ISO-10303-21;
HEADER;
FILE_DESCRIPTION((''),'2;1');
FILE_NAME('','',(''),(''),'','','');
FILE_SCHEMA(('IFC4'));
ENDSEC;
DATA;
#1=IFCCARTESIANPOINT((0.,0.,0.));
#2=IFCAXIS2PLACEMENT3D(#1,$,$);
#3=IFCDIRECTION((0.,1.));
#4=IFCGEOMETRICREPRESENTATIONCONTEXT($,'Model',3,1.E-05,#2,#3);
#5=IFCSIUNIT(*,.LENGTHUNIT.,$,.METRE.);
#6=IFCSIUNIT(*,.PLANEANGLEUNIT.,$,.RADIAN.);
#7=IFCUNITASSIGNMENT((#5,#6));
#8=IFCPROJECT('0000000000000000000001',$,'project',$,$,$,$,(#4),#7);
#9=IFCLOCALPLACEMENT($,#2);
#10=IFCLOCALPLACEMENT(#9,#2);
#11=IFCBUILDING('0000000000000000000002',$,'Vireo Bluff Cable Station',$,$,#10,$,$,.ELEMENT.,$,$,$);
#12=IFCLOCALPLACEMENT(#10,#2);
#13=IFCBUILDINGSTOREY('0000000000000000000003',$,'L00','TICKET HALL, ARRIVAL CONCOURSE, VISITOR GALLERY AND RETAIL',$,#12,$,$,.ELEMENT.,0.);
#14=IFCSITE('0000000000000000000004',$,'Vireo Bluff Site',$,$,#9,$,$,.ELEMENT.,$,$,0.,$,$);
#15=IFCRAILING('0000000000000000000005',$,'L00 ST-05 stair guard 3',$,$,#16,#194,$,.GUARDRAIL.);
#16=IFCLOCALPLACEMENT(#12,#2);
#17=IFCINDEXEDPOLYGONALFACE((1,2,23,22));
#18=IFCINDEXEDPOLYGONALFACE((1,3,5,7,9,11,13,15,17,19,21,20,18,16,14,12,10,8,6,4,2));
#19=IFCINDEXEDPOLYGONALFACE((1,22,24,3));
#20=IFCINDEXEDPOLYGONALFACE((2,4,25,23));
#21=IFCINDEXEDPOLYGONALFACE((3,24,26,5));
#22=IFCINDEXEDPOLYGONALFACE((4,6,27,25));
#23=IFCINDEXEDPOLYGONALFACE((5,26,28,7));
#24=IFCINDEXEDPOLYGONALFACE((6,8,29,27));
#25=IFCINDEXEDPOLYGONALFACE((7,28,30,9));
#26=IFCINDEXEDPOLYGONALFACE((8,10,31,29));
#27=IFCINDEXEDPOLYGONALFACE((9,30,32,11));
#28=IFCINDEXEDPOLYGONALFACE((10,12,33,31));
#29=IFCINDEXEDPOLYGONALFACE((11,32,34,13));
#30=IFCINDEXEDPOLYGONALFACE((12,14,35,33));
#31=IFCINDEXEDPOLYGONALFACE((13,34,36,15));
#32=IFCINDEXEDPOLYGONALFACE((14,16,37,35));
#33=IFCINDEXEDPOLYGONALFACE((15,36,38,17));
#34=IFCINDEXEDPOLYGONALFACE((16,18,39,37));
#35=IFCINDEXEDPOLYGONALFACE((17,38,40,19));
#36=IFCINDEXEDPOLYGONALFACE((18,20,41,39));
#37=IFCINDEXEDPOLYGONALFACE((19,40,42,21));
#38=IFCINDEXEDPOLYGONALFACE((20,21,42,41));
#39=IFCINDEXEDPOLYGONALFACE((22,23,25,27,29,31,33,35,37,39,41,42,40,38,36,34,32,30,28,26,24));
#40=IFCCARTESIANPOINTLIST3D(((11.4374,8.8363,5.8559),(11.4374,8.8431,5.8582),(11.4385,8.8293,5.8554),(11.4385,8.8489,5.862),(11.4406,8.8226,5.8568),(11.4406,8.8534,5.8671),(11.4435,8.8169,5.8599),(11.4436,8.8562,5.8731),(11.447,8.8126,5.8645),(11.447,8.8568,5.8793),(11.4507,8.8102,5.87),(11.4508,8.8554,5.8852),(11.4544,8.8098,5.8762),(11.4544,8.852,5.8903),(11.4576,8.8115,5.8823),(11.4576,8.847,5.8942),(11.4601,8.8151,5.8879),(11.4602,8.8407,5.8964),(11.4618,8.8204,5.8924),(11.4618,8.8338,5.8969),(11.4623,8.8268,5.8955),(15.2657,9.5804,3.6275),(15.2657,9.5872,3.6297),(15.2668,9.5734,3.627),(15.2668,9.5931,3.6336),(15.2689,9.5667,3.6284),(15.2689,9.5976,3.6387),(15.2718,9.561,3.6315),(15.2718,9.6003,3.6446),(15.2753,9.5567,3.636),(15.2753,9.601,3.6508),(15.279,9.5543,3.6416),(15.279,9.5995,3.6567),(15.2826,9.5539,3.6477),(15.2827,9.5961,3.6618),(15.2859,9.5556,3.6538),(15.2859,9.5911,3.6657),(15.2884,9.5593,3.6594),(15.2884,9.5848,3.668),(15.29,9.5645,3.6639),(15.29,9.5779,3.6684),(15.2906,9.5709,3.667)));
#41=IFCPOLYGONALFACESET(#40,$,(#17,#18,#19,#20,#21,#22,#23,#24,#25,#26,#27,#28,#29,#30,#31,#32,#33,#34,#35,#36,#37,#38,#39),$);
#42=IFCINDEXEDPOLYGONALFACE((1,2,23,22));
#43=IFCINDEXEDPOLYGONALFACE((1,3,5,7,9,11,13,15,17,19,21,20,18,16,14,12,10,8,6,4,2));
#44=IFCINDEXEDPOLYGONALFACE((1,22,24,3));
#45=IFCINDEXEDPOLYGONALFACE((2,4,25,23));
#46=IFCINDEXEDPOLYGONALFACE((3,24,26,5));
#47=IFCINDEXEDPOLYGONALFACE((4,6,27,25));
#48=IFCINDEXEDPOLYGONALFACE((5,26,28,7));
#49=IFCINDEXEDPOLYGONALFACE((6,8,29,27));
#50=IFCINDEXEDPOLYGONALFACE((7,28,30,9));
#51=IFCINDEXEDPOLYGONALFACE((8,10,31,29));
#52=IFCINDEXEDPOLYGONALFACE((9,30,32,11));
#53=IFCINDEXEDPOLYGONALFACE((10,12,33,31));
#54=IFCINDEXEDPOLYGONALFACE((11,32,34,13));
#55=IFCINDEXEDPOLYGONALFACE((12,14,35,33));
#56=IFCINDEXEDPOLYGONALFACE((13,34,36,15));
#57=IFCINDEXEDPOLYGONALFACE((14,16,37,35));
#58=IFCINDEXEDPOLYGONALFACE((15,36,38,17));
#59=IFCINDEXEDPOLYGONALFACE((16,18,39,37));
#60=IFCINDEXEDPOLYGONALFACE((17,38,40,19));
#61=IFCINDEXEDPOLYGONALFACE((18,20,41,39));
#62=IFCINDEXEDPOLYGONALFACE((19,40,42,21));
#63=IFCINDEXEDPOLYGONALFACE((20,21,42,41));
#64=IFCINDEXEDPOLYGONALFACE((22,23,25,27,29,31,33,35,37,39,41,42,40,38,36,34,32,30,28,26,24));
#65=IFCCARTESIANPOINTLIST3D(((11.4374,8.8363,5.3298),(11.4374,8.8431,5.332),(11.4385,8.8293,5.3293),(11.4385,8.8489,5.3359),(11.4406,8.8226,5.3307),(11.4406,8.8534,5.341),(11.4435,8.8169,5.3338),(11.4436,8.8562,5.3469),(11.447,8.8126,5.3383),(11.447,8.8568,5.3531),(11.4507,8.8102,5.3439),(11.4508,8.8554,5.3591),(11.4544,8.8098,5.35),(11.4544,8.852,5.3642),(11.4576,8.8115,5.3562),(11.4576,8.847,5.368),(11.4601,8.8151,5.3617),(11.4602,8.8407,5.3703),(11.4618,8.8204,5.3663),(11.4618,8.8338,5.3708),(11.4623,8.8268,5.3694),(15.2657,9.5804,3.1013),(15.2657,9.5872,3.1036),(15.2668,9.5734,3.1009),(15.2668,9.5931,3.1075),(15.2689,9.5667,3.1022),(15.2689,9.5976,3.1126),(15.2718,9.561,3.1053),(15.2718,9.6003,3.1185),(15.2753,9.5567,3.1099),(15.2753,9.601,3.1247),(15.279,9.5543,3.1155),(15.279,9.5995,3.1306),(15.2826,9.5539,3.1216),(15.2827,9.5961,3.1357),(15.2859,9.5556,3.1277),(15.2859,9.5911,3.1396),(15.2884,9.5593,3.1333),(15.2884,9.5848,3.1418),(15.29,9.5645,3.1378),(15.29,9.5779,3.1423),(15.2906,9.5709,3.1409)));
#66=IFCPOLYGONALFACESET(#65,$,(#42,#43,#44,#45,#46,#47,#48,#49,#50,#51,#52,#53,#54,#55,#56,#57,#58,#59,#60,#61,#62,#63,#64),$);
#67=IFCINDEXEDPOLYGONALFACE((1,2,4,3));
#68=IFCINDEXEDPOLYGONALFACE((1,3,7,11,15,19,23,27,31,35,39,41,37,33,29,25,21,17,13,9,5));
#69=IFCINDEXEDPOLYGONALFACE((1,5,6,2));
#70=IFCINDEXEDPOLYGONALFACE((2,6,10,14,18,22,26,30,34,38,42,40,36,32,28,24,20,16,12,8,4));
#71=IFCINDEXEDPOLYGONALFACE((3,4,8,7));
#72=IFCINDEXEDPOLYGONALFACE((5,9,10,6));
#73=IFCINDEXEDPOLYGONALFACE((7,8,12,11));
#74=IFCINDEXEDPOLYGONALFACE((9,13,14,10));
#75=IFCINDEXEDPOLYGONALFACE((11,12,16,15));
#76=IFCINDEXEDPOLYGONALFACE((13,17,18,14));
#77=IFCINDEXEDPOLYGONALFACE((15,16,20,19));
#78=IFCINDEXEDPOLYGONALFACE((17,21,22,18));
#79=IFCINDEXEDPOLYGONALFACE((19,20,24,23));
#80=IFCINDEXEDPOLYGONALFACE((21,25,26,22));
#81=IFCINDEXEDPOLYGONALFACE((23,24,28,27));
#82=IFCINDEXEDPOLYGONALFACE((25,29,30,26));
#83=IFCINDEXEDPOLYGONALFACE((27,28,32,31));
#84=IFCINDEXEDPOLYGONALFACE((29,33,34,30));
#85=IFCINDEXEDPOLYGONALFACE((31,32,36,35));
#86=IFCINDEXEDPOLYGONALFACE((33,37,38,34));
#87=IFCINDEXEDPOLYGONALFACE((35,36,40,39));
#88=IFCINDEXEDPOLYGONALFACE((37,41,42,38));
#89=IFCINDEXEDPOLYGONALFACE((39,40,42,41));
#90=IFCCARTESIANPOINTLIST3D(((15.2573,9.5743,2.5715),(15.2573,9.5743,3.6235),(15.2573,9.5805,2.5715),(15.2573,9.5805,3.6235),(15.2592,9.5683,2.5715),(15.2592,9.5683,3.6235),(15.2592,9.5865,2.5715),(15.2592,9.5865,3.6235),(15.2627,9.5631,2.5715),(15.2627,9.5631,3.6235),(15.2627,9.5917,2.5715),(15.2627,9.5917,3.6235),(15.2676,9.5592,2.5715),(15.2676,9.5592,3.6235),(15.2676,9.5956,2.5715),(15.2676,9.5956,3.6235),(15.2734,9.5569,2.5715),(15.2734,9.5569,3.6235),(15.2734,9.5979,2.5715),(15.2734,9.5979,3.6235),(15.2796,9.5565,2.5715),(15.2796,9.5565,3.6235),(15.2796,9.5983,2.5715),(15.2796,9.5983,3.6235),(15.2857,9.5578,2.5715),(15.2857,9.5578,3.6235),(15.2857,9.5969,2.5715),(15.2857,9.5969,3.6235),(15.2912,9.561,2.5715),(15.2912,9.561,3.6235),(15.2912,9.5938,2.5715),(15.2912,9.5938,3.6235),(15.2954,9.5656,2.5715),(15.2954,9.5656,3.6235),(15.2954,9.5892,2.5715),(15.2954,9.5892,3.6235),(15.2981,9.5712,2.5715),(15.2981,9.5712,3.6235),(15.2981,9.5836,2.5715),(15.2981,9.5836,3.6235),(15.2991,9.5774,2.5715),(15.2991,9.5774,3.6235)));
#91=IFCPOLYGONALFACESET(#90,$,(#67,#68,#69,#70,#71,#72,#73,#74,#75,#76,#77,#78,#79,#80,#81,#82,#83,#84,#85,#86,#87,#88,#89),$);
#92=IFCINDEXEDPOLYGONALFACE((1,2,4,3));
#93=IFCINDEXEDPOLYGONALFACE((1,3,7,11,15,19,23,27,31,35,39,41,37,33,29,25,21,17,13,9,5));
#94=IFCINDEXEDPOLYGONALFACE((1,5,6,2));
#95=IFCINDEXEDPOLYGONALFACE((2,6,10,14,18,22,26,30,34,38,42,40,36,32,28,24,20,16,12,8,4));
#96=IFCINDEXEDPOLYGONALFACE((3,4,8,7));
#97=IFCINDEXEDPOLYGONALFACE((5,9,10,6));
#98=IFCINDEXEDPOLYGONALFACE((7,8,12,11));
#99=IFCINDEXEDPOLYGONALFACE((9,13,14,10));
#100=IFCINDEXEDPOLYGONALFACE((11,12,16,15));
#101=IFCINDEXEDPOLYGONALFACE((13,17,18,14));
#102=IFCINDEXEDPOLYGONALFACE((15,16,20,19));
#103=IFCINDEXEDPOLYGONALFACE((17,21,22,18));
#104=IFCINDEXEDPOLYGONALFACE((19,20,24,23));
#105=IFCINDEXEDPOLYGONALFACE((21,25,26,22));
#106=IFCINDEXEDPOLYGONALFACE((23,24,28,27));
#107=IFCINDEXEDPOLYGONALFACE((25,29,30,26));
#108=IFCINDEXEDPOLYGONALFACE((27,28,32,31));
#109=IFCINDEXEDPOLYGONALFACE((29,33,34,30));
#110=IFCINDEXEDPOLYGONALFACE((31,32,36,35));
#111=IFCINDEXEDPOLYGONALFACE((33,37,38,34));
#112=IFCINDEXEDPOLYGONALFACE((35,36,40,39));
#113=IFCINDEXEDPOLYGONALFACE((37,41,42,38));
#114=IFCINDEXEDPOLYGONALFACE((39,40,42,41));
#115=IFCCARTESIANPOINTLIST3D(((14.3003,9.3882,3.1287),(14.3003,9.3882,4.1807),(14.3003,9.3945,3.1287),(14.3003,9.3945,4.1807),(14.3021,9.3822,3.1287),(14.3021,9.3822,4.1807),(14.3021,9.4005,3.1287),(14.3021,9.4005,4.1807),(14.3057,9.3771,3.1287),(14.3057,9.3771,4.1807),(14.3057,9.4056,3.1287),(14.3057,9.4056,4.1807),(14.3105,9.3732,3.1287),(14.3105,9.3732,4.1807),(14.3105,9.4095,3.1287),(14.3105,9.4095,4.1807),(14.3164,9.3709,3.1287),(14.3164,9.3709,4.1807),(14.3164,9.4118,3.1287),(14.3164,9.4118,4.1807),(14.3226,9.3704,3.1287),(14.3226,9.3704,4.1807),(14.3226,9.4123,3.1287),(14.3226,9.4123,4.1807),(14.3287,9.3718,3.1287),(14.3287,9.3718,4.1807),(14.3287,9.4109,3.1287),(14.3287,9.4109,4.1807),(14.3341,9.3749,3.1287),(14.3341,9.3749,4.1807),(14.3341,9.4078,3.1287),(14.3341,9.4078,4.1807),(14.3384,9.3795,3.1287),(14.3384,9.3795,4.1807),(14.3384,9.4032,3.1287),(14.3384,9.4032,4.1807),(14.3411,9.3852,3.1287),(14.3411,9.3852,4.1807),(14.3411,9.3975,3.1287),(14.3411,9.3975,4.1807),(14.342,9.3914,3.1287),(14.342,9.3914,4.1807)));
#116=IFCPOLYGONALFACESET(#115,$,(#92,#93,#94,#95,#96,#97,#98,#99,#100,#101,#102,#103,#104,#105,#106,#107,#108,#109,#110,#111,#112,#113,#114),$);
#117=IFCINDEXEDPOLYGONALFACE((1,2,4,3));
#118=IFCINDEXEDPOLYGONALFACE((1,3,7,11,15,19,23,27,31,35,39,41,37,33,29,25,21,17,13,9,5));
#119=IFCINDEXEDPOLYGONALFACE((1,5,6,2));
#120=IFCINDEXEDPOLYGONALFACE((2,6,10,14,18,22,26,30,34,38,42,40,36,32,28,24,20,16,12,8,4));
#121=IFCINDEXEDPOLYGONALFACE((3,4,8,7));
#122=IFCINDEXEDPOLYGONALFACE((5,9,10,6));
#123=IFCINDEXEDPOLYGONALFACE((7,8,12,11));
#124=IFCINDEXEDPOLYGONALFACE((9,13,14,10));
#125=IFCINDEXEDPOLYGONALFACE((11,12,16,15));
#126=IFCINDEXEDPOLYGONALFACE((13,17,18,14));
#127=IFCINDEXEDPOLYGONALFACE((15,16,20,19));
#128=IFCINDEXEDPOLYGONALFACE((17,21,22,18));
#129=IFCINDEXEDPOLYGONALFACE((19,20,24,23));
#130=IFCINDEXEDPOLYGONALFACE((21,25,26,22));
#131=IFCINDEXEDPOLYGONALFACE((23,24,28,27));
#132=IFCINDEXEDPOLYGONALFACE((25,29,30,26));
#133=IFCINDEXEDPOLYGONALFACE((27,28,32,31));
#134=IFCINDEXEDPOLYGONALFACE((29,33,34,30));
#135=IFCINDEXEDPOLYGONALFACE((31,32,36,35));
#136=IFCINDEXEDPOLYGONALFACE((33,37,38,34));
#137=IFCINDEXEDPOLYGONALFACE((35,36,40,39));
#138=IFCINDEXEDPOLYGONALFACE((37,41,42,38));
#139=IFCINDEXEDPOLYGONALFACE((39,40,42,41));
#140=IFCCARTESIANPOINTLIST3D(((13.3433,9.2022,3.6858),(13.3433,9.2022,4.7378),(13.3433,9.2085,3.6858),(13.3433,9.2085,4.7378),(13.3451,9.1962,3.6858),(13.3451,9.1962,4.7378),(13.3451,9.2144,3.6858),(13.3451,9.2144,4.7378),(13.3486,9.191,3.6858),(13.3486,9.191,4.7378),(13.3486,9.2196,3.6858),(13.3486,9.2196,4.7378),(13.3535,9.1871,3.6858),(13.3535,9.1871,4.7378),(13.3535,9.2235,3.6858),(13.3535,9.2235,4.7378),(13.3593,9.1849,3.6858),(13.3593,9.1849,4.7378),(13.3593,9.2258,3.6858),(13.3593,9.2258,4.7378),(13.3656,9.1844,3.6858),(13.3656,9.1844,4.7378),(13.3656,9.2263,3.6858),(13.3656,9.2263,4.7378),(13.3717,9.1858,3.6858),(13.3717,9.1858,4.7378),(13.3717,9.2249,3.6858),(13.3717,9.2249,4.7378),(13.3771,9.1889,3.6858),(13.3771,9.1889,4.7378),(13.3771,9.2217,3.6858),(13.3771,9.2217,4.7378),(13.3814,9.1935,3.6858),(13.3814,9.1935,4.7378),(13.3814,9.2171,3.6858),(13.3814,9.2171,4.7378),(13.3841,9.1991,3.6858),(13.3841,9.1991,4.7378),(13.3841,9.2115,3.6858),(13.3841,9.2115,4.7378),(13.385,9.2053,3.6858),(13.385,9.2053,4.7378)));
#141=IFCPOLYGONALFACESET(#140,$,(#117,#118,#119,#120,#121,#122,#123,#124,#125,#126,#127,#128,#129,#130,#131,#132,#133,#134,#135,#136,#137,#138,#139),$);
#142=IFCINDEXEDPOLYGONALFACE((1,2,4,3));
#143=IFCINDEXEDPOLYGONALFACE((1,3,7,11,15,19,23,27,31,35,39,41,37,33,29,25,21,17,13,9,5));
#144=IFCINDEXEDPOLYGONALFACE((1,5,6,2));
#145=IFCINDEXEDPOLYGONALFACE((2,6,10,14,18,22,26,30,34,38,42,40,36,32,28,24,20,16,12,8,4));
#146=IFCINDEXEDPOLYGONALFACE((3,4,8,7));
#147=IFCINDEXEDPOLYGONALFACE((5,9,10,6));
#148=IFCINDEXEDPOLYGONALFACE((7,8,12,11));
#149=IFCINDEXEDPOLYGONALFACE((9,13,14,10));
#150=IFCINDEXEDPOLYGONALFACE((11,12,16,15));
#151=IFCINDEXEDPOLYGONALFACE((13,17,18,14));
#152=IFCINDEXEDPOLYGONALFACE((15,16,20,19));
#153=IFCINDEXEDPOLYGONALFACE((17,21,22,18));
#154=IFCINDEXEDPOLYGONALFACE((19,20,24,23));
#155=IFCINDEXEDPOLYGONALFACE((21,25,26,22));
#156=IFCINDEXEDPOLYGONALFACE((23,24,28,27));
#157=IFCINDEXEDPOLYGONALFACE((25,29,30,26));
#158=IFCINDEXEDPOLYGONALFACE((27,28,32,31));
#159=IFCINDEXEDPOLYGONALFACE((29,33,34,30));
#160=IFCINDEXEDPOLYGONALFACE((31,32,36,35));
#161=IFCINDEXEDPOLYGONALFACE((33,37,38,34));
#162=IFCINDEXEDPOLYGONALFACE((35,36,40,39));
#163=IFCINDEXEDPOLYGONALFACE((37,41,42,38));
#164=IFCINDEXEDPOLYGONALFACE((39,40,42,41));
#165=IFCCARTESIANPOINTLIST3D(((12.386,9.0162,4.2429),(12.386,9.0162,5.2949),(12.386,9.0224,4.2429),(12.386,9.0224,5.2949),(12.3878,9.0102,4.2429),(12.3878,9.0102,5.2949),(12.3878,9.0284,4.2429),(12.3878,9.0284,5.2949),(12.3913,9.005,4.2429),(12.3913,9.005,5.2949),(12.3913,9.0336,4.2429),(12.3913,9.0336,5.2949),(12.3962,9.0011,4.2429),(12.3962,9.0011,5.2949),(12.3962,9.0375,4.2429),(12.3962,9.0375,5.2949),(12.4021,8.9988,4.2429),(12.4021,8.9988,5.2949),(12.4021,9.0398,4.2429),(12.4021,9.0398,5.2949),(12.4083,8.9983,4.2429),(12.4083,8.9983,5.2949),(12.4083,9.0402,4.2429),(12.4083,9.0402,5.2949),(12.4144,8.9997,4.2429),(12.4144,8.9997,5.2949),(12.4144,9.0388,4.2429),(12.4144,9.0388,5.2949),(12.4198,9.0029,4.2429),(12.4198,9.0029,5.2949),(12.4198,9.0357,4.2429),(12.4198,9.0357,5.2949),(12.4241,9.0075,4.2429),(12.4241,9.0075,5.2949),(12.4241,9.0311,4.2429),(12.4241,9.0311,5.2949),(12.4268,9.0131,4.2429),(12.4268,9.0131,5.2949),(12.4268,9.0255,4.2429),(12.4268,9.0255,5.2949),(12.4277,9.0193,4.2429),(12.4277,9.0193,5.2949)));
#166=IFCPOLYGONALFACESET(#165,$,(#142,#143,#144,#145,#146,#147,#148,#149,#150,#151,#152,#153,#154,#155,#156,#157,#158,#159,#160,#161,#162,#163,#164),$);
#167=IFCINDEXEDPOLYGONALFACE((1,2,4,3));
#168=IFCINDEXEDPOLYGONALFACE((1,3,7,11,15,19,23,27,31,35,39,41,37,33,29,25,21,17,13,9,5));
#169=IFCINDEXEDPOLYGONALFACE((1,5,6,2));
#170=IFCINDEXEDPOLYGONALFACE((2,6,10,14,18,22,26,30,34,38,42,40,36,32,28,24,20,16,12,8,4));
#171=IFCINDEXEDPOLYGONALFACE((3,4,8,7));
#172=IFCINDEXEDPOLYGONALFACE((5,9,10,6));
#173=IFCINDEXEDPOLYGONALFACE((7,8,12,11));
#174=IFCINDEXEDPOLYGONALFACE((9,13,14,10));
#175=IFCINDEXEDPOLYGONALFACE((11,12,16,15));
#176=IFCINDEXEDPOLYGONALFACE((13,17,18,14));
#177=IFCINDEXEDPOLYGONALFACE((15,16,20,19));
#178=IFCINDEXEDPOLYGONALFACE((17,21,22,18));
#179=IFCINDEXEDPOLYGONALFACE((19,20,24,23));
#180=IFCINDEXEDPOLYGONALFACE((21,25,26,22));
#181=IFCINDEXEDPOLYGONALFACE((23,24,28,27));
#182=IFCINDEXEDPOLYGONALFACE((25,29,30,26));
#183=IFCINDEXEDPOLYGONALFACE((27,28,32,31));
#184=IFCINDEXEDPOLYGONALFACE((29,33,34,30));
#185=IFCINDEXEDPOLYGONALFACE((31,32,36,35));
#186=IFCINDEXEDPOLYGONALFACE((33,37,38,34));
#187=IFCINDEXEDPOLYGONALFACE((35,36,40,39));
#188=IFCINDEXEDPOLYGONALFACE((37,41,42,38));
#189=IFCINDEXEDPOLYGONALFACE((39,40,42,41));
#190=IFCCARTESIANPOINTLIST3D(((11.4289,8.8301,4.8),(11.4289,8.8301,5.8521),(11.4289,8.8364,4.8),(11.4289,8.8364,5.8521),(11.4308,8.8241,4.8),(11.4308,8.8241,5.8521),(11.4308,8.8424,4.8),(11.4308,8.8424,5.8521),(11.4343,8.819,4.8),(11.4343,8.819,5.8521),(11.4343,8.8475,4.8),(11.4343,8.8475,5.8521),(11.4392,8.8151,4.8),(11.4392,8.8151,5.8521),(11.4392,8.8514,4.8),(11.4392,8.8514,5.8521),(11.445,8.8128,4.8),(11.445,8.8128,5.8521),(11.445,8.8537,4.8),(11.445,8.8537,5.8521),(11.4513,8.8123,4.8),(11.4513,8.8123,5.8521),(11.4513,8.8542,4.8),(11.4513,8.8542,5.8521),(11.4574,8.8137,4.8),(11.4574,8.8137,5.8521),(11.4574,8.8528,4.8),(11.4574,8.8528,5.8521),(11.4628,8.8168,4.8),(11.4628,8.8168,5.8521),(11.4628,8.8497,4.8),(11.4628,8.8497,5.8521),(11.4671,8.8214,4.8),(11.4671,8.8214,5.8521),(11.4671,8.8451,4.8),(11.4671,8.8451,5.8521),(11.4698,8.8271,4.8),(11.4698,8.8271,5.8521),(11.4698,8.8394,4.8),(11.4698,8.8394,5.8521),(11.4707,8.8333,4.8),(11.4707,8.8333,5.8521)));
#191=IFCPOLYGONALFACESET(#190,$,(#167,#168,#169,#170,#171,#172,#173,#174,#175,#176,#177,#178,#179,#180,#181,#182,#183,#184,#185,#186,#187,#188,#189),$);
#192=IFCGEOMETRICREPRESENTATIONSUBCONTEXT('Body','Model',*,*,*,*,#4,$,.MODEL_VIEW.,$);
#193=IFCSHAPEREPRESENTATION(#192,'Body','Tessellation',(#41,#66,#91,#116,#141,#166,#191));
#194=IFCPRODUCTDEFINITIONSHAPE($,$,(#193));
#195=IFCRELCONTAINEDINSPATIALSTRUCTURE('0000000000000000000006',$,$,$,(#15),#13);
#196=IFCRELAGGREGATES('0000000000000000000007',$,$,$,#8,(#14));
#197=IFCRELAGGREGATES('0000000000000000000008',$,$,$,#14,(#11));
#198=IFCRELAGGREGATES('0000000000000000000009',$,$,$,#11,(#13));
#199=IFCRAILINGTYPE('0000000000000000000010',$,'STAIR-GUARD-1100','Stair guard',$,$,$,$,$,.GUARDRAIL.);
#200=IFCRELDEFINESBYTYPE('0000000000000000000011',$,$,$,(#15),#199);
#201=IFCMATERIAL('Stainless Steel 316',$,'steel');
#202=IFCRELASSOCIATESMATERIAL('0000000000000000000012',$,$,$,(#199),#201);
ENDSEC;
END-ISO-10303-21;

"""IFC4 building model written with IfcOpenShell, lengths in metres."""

from ifc_helpers import new_model, si_unit, direction, frame, origin, origin_2d, place, context, subcontext, project, spatial, circle, extrude, material, type_object, element, save


model = new_model("IFC4")

# Units and contexts
model_context = context("Model", 3, precision=1e-05, world=origin(), true_north=direction((0.0, 1.0)))
body_context = subcontext(model_context, "Body", "Model", "MODEL_VIEW")
ifc_project = project(units=[si_unit("LENGTHUNIT", "METRE"), si_unit("PLANEANGLEUNIT", "RADIAN")], contexts=[model_context])

# Site, building, storey
site_placement = place(None, origin())
site = spatial("IfcSite", under=ifc_project, at=site_placement, Name="Vireo Bluff Site", CompositionType="ELEMENT", RefElevation=0.0)
building_placement = place(site_placement, origin())
building = spatial("IfcBuilding", under=site, at=building_placement, Name="Vireo Bluff Cable Station", CompositionType="ELEMENT")
storey_placement = place(building_placement, origin())
storey = spatial("IfcBuildingStorey", under=building, at=storey_placement, Name="L00", Description="TICKET HALL, ARRIVAL CONCOURSE, VISITOR GALLERY AND RETAIL", CompositionType="ELEMENT", Elevation=0.0)

# Shared definitions
ifc_material_1 = material(Name="Stainless Steel 316", Category="steel")

# Railing
railing_type_1 = type_object("IfcRailingType", Name="STAIR-GUARD-1100", Description="Stair guard", PredefinedType="GUARDRAIL", material=ifc_material_1)
railing_1_placement = place(storey_placement, frame((15.2781, 9.5774, 2.5715)))
element("IfcRailing", 1, at=railing_1_placement, inside=storey, type_object=railing_type_1, Name="L00 ST-05 stair guard 3", PredefinedType="GUARDRAIL", context=body_context, shape_type="SweptSolid", body=[
    extrude(circle(Radius=0.0239, at=origin_2d()), frame((0.0, 0.0, 1.0762), z_axis=(-0.852298, -0.165666, 0.496128), x_axis=(0.190804, -0.981628, 0.0)), (0.0, 0.0, 1.0), 4.4917),
    extrude(circle(Radius=0.0239, at=origin_2d()), frame((0.0, 0.0, 0.55), z_axis=(-0.852298, -0.165666, 0.496128), x_axis=(0.190804, -0.981628, 0.0)), (0.0, 0.0, 1.0), 4.4917),
    extrude(circle(Radius=0.021, at=origin_2d()), origin(), (0.0, 0.0, 1.0), 1.052),
    extrude(circle(Radius=0.021, at=origin_2d()), frame((-0.957, -0.186, 0.5571)), (0.0, 0.0, 1.0), 1.052),
    extrude(circle(Radius=0.021, at=origin_2d()), frame((-1.9141, -0.3721, 1.1143)), (0.0, 0.0, 1.0), 1.052),
    extrude(circle(Radius=0.021, at=origin_2d()), frame((-2.8713, -0.5581, 1.6714)), (0.0, 0.0, 1.0), 1.052),
    extrude(circle(Radius=0.021, at=origin_2d()), frame((-3.8284, -0.7441, 2.2285)), (0.0, 0.0, 1.0), 1.052),
])

save(model, "model.ifc")
